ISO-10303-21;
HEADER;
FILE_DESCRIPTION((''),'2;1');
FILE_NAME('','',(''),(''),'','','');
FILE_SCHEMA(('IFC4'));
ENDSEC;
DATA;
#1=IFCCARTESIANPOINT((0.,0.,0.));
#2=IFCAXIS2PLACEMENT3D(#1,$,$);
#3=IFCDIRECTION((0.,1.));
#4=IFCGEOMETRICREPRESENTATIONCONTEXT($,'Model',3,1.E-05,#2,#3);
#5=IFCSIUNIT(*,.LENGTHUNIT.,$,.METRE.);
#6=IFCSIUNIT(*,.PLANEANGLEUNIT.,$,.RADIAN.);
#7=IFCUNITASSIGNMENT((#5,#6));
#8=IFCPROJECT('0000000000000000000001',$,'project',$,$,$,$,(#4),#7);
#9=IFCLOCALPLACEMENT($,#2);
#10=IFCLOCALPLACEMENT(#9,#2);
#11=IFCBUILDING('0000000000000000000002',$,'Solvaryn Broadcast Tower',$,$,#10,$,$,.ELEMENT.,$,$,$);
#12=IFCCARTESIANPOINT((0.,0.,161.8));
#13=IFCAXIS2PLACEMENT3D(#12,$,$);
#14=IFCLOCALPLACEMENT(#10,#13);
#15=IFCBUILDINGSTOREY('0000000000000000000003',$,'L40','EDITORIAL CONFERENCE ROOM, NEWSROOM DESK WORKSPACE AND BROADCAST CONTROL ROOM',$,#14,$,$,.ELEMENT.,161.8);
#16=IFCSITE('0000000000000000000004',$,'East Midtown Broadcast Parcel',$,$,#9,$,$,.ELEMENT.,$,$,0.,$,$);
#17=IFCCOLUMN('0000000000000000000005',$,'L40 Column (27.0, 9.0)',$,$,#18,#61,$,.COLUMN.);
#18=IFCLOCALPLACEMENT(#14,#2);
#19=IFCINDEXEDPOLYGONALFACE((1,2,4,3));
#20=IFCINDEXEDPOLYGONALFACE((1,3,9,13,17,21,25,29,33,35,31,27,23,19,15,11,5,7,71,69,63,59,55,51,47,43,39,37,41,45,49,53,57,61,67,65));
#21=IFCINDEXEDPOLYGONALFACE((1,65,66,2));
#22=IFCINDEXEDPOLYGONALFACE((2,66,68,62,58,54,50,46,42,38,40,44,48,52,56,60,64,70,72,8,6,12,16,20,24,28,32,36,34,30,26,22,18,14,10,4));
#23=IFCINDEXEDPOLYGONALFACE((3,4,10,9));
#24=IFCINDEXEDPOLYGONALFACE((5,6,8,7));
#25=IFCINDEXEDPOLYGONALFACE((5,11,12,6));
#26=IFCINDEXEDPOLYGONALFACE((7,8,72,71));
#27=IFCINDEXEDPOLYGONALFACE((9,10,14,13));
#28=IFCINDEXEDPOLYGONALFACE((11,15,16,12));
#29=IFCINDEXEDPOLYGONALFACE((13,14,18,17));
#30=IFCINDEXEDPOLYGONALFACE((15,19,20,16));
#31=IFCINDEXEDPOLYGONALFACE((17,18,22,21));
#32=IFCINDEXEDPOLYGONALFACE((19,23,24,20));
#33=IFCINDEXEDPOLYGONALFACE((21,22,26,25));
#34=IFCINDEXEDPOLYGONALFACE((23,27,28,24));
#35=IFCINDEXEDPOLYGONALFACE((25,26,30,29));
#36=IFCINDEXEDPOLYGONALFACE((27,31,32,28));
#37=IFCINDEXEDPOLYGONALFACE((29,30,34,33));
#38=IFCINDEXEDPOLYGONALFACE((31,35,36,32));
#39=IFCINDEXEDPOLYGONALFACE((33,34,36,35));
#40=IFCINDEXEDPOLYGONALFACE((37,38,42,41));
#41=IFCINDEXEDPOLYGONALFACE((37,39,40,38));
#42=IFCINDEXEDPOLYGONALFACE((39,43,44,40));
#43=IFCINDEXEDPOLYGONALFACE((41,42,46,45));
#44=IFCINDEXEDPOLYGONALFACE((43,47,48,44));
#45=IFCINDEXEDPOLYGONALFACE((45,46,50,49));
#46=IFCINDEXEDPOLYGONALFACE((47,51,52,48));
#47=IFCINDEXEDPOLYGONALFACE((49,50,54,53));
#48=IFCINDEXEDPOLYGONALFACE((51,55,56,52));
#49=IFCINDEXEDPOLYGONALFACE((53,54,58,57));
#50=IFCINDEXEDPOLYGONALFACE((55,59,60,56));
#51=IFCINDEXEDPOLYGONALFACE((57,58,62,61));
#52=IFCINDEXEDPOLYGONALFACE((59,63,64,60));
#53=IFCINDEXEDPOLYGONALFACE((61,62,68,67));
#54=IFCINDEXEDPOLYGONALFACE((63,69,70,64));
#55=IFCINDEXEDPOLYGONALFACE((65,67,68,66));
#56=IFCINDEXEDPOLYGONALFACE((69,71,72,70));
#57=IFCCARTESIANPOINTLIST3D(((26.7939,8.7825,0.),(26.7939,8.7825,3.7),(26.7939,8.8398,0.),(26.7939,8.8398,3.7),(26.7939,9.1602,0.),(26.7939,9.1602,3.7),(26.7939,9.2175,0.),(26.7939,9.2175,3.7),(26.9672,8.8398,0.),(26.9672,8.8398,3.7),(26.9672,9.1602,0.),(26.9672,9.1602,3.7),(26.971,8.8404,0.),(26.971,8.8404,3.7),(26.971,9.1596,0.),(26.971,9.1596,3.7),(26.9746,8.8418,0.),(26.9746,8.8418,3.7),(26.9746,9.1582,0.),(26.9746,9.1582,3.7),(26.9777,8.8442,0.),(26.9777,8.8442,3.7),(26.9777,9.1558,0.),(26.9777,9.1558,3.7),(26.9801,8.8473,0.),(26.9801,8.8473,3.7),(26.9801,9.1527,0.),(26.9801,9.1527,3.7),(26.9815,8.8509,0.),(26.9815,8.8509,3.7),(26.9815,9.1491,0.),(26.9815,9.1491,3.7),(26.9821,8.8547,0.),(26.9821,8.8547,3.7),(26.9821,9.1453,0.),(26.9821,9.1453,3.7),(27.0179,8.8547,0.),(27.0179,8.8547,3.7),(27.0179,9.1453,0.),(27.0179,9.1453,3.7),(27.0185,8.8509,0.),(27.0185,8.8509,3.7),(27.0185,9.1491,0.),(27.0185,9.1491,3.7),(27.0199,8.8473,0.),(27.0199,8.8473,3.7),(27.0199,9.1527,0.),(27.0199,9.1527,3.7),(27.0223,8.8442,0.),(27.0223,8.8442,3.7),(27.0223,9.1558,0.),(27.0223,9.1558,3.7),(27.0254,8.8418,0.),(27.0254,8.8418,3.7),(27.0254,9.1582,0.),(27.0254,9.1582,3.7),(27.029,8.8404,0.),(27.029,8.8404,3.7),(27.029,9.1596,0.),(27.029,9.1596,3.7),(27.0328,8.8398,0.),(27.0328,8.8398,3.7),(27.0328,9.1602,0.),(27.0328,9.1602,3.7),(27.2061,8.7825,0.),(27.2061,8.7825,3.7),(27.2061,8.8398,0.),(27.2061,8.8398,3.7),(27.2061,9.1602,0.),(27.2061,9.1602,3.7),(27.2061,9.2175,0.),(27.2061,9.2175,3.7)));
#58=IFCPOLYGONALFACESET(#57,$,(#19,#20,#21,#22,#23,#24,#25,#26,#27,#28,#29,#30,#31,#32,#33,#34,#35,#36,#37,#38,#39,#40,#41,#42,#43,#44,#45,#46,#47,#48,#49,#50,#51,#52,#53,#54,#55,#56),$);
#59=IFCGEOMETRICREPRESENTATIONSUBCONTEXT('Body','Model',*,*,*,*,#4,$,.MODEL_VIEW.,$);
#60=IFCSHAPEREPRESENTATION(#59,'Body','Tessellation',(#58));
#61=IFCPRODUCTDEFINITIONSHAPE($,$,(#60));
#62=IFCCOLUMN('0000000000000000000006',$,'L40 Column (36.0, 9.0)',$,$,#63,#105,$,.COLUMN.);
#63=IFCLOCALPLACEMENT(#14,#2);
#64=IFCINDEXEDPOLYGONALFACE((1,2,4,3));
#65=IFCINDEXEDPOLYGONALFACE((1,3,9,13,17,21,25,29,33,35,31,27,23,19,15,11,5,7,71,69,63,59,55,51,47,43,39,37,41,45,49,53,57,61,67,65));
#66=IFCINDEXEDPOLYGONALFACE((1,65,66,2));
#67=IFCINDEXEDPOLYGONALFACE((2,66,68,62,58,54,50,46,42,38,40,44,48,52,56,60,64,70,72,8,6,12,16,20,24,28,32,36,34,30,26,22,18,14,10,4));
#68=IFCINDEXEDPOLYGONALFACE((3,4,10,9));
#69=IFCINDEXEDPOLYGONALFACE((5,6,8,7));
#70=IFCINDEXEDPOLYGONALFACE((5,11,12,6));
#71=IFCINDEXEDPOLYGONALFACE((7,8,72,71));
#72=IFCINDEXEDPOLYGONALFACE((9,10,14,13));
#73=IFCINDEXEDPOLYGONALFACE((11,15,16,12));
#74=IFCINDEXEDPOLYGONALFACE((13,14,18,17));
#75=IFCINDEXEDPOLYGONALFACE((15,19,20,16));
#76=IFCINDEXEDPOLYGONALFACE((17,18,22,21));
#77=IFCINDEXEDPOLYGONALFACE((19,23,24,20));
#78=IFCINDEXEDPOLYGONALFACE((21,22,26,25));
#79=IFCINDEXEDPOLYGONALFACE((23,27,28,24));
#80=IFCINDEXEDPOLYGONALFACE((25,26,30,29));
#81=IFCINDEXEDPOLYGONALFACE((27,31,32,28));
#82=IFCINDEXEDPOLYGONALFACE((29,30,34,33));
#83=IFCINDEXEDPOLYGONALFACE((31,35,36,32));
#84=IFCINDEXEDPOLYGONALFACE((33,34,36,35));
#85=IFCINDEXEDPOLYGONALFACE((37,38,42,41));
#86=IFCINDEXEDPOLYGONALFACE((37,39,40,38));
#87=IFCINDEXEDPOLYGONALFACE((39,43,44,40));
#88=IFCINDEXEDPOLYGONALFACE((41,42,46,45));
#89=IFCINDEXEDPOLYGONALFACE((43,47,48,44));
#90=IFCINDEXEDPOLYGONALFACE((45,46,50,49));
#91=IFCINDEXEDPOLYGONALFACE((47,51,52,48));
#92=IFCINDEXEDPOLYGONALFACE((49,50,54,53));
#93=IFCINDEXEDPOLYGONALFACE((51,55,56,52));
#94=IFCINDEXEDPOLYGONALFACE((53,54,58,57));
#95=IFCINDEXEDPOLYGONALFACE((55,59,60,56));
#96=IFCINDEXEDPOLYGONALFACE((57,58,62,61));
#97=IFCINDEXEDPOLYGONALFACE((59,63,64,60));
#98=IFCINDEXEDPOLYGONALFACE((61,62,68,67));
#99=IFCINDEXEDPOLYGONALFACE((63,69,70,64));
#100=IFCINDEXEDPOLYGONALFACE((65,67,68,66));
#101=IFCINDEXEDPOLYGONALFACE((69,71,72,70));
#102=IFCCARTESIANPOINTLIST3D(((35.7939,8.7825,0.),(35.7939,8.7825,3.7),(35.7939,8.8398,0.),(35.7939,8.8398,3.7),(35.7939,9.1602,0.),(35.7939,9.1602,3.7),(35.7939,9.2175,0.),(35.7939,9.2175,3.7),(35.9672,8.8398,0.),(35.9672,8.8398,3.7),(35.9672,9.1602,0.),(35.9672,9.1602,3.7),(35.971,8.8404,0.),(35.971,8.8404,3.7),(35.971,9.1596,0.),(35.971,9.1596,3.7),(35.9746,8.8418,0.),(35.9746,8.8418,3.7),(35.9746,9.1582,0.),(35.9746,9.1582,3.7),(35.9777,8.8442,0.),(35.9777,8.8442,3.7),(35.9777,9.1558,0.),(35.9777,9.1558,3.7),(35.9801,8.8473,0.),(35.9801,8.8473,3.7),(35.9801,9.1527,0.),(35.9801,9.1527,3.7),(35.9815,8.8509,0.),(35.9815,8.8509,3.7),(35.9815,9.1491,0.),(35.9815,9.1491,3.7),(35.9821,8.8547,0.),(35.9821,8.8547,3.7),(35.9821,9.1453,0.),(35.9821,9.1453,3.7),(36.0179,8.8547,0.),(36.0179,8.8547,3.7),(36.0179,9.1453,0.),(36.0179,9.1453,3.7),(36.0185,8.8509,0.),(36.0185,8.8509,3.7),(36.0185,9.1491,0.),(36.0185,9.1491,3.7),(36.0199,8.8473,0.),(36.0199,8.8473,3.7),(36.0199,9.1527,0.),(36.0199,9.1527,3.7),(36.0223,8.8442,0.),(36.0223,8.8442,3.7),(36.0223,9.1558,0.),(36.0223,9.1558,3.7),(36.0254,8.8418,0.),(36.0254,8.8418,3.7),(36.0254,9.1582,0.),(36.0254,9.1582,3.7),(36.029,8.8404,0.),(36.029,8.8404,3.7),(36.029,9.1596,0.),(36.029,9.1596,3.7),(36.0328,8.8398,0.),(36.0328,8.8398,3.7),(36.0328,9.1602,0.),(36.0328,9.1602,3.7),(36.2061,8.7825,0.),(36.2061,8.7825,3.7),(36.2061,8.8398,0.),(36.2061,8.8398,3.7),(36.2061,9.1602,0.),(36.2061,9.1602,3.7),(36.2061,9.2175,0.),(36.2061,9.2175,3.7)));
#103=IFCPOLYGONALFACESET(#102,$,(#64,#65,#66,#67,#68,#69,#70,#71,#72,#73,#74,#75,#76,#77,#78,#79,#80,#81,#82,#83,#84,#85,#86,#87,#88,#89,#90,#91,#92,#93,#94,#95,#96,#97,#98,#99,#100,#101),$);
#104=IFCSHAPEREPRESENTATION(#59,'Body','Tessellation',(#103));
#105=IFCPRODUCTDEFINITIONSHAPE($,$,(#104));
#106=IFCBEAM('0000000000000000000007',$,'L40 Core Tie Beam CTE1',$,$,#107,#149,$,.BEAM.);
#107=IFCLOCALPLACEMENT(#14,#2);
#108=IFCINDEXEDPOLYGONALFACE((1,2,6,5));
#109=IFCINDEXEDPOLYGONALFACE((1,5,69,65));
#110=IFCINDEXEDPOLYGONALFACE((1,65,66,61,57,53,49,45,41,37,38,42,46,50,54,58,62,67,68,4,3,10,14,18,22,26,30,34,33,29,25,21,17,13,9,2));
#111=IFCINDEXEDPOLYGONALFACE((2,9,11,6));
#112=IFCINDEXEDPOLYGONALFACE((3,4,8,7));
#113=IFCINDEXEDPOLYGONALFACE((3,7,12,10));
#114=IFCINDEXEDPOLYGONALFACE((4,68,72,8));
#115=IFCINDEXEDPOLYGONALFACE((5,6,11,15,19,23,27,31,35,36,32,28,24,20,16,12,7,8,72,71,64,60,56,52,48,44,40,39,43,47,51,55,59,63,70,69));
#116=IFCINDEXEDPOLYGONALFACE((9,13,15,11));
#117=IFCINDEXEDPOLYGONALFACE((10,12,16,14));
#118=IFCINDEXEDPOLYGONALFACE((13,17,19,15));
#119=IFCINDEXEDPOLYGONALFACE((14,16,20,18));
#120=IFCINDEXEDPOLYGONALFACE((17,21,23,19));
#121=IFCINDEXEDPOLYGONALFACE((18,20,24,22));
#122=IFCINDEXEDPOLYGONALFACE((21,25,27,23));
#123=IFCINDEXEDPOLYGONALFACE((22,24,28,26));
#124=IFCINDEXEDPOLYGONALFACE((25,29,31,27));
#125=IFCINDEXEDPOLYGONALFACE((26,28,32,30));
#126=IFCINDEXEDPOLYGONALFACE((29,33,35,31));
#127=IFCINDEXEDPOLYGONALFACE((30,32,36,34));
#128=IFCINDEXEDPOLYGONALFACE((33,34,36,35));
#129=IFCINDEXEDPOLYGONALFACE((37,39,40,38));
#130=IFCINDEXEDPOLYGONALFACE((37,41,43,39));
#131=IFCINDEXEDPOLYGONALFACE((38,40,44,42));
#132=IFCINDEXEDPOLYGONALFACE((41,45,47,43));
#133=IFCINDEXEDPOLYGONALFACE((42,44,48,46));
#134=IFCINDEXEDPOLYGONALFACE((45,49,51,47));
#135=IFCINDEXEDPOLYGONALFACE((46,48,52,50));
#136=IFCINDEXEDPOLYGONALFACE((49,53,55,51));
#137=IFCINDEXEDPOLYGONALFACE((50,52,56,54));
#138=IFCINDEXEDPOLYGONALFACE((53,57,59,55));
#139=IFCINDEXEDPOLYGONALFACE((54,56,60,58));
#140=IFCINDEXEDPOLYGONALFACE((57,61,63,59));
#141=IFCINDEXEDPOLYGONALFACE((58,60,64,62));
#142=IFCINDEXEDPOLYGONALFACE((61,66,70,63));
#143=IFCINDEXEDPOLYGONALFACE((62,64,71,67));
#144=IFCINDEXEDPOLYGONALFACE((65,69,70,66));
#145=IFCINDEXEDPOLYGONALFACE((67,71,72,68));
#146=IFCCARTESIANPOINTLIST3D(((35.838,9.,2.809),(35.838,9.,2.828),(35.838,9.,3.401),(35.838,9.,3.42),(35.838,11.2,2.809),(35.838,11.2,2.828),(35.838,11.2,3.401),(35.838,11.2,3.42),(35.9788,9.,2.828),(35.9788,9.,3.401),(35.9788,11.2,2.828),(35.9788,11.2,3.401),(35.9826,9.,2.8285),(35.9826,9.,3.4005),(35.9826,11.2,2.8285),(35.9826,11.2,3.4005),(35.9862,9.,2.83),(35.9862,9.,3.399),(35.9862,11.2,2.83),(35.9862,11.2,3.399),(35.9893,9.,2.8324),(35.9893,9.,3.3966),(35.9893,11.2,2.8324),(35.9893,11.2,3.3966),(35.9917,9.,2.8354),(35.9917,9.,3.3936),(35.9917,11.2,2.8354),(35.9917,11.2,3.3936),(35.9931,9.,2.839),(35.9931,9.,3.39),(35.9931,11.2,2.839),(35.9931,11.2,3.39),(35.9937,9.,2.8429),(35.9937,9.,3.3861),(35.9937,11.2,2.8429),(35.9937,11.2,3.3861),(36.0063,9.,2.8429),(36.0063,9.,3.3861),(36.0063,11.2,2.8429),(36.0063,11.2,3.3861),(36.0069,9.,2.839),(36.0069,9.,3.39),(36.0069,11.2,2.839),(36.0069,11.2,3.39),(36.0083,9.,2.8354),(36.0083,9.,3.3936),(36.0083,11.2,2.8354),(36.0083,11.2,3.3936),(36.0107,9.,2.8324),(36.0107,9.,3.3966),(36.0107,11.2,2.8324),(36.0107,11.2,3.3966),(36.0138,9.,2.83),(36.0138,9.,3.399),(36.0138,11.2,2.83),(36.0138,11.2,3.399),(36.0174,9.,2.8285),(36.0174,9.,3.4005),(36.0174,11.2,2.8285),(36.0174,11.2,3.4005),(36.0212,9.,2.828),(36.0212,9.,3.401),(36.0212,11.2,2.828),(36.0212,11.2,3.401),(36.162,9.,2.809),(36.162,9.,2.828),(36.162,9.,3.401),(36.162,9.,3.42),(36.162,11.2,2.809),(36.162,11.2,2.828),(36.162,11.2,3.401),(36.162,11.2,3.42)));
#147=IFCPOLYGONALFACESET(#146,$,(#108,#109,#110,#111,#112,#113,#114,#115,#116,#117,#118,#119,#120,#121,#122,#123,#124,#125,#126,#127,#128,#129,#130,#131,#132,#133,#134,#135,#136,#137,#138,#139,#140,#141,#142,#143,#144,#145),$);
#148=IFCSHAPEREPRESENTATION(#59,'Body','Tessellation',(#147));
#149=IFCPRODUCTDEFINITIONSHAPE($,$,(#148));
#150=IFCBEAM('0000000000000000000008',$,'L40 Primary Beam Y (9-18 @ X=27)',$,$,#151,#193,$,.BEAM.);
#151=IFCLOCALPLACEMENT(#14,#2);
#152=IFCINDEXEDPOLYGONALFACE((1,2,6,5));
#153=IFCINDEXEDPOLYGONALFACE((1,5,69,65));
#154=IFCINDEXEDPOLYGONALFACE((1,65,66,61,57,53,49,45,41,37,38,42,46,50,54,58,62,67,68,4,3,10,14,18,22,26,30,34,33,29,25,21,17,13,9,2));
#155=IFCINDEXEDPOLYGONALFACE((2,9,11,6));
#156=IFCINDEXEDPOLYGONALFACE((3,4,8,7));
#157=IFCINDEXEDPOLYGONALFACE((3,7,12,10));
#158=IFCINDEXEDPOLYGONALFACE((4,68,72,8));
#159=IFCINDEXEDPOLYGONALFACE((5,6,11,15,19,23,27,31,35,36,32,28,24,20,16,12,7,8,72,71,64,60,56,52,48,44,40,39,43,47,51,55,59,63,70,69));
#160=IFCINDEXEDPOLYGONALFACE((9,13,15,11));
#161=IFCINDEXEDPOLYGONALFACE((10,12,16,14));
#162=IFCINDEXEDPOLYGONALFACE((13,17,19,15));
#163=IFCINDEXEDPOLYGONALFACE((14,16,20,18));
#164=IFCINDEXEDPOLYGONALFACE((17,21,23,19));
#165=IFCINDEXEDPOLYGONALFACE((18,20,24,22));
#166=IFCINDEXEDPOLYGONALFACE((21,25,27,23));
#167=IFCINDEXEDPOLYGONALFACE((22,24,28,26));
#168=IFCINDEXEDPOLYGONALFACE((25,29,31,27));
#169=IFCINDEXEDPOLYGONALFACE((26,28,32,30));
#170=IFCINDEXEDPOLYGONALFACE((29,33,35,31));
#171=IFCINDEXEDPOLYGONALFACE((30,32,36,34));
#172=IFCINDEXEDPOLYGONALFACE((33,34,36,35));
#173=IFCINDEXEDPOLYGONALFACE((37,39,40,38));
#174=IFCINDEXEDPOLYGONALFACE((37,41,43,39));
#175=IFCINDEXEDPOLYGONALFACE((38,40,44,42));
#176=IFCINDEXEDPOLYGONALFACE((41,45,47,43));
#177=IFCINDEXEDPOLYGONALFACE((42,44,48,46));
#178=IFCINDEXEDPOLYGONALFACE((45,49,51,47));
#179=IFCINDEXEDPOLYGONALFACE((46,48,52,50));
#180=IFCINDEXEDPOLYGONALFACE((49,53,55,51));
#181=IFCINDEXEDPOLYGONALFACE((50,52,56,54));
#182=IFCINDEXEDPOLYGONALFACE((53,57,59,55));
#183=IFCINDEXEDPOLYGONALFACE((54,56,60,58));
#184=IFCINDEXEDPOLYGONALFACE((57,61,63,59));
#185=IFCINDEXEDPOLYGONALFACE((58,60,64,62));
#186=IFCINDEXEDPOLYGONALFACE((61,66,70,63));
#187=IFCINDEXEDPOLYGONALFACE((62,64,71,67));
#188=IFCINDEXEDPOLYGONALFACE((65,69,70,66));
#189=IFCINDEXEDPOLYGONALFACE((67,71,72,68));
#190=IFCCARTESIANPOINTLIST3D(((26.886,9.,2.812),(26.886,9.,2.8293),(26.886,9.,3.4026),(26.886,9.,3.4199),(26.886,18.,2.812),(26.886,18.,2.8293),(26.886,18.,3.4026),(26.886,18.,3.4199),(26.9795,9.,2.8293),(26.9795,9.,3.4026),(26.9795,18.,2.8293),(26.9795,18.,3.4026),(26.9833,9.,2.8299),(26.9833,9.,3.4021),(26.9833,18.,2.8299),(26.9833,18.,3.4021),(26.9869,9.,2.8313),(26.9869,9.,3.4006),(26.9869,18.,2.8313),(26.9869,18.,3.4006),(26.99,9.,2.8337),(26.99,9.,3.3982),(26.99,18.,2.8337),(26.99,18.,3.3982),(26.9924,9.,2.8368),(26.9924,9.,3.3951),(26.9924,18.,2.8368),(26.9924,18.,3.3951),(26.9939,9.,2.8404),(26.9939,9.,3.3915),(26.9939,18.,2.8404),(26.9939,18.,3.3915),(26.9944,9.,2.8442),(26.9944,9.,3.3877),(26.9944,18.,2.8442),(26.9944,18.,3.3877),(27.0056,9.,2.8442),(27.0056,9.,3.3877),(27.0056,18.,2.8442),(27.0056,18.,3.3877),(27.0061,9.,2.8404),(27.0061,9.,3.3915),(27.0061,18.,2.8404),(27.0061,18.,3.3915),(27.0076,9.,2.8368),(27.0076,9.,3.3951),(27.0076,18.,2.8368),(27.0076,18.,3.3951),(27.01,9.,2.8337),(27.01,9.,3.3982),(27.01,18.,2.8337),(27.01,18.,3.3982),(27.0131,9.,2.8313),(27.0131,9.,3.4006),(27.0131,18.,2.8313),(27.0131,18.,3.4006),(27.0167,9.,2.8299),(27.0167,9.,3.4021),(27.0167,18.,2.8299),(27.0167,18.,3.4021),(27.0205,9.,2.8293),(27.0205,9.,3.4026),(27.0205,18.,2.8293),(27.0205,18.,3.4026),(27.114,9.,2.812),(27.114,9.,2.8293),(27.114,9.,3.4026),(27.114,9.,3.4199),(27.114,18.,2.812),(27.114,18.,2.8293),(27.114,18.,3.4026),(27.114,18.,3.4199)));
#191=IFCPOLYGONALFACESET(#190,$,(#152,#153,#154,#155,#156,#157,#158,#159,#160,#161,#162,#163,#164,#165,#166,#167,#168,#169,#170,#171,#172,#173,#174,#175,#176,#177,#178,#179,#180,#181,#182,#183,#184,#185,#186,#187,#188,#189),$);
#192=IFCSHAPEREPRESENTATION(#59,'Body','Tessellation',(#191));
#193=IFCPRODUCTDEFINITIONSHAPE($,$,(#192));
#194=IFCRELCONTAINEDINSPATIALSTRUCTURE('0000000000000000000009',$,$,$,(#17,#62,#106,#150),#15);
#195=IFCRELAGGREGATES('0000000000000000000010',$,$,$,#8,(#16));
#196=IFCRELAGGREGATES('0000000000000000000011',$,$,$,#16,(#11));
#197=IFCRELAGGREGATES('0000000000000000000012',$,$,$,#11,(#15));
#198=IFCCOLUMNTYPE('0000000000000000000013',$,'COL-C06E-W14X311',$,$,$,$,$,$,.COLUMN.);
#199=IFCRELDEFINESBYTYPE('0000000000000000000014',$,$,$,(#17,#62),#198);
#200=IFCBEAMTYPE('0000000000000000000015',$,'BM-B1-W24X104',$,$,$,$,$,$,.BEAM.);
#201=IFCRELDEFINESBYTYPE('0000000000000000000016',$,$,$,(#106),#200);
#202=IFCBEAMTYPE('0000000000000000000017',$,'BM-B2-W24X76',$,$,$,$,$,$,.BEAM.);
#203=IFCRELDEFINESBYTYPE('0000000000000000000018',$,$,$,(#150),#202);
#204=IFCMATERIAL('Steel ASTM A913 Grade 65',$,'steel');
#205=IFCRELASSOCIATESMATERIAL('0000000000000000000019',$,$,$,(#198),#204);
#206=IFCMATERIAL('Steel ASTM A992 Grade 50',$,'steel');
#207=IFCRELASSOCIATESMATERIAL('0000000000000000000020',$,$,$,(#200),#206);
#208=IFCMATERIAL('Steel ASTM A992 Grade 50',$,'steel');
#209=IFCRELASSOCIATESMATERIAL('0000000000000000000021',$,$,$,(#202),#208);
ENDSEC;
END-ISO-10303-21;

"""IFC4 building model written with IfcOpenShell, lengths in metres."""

from ifc_helpers import new_model, si_unit, direction, frame, origin, origin_2d, place, context, subcontext, project, spatial, i_section, extrude, material, material_profile, profile_set, type_object, element, save


model = new_model("IFC4")

# Units and contexts
model_context = context("Model", 3, precision=1e-05, world=origin(), true_north=direction((0.0, 1.0)))
body_context = subcontext(model_context, "Body", "Model", "MODEL_VIEW")
ifc_project = project(units=[si_unit("LENGTHUNIT", "METRE"), si_unit("PLANEANGLEUNIT", "RADIAN")], contexts=[model_context])

# Site, building, storey
site_placement = place(None, origin())
site = spatial("IfcSite", under=ifc_project, at=site_placement, Name="East Midtown Broadcast Parcel", CompositionType="ELEMENT", RefElevation=0.0)
building_placement = place(site_placement, origin())
building = spatial("IfcBuilding", under=site, at=building_placement, Name="Solvaryn Broadcast Tower", CompositionType="ELEMENT")
storey_placement = place(building_placement, frame((0.0, 0.0, 161.8)))
storey = spatial("IfcBuildingStorey", under=building, at=storey_placement, Name="L40", Description="EDITORIAL CONFERENCE ROOM, NEWSROOM DESK WORKSPACE AND BROADCAST CONTROL ROOM", CompositionType="ELEMENT", Elevation=161.8)

# Columns
ifc_material_1 = material(Name="Steel ASTM A913 Grade 65", Category="steel")
ifc_material_profile_1 = material_profile(ifc_material_1, i_section(OverallWidth=0.4121, OverallDepth=0.4351, WebThickness=0.0359, FlangeThickness=0.0574, FilletRadius=0.0149, at=origin_2d()))
ifc_profile_set_1 = profile_set([ifc_material_profile_1], Name="Steel ASTM A913 Grade 65")
column_type = type_object("IfcColumnType", Name="COL-C06E-W14X311", PredefinedType="COLUMN", material=ifc_profile_set_1)
for number, where, z_axis, x_axis, name in (
    (1, (27.0, 9.0, 0.0), (0.0, 0.0, 1.0), (1.0, 0.0, 0.0), "L40 Column (27.0, 9.0)"),
    (2, (36.0, 9.0, 0.0), (0.0, 0.0, 1.0), (1.0, 0.0, 0.0), "L40 Column (36.0, 9.0)"),
):
    element("IfcColumn", number, at=place(storey_placement, frame(where, z_axis=z_axis, x_axis=x_axis)), inside=storey, type_object=column_type, Name=name, PredefinedType="COLUMN", context=body_context, shape_type="SweptSolid", body=[
        extrude(i_section(OverallWidth=0.4121, OverallDepth=0.4351, WebThickness=0.0359, FlangeThickness=0.0574, FilletRadius=0.0149, at=origin_2d()), origin(), (0.0, 0.0, 1.0), 3.7),
    ])

# Beams
ifc_material_2 = material(Name="Steel ASTM A992 Grade 50", Category="steel")
ifc_material_profile_2 = material_profile(ifc_material_2, i_section(OverallWidth=0.324, OverallDepth=0.6111, WebThickness=0.0127, FlangeThickness=0.019, FilletRadius=0.0149, at=origin_2d()))
ifc_profile_set_2 = profile_set([ifc_material_profile_2], Name="Steel ASTM A992 Grade 50")
beam_type_1 = type_object("IfcBeamType", Name="BM-B1-W24X104", PredefinedType="BEAM", material=ifc_profile_set_2)
beam_1_placement = place(storey_placement, frame((36.0, 9.0, 3.1145), z_axis=(0.0, 1.0, 0.0), x_axis=(-1.0, 0.0, 0.0)))
element("IfcBeam", 3, at=beam_1_placement, inside=storey, type_object=beam_type_1, Name="L40 Core Tie Beam CTE1", PredefinedType="BEAM", context=body_context, shape_type="SweptSolid", body=[
    extrude(i_section(OverallWidth=0.324, OverallDepth=0.6111, WebThickness=0.0127, FlangeThickness=0.019, FilletRadius=0.0149, at=origin_2d()), origin(), (0.0, 0.0, 1.0), 2.2),
])
ifc_material_3 = material(Name="Steel ASTM A992 Grade 50", Category="steel")
ifc_material_profile_3 = material_profile(ifc_material_3, i_section(OverallWidth=0.228, OverallDepth=0.6079, WebThickness=0.0112, FlangeThickness=0.0173, FilletRadius=0.0149, at=origin_2d()))
ifc_profile_set_3 = profile_set([ifc_material_profile_3], Name="Steel ASTM A992 Grade 50")
beam_type_2 = type_object("IfcBeamType", Name="BM-B2-W24X76", PredefinedType="BEAM", material=ifc_profile_set_3)
beam_2_placement = place(storey_placement, frame((27.0, 9.0, 3.116), z_axis=(0.0, 1.0, 0.0), x_axis=(-1.0, 0.0, 0.0)))
element("IfcBeam", 4, at=beam_2_placement, inside=storey, type_object=beam_type_2, Name="L40 Primary Beam Y (9-18 @ X=27)", PredefinedType="BEAM", context=body_context, shape_type="SweptSolid", body=[
    extrude(i_section(OverallWidth=0.228, OverallDepth=0.6079, WebThickness=0.0112, FlangeThickness=0.0173, FilletRadius=0.0149, at=origin_2d()), origin(), (0.0, 0.0, 1.0), 9.0),
])

save(model, "model.ifc")
